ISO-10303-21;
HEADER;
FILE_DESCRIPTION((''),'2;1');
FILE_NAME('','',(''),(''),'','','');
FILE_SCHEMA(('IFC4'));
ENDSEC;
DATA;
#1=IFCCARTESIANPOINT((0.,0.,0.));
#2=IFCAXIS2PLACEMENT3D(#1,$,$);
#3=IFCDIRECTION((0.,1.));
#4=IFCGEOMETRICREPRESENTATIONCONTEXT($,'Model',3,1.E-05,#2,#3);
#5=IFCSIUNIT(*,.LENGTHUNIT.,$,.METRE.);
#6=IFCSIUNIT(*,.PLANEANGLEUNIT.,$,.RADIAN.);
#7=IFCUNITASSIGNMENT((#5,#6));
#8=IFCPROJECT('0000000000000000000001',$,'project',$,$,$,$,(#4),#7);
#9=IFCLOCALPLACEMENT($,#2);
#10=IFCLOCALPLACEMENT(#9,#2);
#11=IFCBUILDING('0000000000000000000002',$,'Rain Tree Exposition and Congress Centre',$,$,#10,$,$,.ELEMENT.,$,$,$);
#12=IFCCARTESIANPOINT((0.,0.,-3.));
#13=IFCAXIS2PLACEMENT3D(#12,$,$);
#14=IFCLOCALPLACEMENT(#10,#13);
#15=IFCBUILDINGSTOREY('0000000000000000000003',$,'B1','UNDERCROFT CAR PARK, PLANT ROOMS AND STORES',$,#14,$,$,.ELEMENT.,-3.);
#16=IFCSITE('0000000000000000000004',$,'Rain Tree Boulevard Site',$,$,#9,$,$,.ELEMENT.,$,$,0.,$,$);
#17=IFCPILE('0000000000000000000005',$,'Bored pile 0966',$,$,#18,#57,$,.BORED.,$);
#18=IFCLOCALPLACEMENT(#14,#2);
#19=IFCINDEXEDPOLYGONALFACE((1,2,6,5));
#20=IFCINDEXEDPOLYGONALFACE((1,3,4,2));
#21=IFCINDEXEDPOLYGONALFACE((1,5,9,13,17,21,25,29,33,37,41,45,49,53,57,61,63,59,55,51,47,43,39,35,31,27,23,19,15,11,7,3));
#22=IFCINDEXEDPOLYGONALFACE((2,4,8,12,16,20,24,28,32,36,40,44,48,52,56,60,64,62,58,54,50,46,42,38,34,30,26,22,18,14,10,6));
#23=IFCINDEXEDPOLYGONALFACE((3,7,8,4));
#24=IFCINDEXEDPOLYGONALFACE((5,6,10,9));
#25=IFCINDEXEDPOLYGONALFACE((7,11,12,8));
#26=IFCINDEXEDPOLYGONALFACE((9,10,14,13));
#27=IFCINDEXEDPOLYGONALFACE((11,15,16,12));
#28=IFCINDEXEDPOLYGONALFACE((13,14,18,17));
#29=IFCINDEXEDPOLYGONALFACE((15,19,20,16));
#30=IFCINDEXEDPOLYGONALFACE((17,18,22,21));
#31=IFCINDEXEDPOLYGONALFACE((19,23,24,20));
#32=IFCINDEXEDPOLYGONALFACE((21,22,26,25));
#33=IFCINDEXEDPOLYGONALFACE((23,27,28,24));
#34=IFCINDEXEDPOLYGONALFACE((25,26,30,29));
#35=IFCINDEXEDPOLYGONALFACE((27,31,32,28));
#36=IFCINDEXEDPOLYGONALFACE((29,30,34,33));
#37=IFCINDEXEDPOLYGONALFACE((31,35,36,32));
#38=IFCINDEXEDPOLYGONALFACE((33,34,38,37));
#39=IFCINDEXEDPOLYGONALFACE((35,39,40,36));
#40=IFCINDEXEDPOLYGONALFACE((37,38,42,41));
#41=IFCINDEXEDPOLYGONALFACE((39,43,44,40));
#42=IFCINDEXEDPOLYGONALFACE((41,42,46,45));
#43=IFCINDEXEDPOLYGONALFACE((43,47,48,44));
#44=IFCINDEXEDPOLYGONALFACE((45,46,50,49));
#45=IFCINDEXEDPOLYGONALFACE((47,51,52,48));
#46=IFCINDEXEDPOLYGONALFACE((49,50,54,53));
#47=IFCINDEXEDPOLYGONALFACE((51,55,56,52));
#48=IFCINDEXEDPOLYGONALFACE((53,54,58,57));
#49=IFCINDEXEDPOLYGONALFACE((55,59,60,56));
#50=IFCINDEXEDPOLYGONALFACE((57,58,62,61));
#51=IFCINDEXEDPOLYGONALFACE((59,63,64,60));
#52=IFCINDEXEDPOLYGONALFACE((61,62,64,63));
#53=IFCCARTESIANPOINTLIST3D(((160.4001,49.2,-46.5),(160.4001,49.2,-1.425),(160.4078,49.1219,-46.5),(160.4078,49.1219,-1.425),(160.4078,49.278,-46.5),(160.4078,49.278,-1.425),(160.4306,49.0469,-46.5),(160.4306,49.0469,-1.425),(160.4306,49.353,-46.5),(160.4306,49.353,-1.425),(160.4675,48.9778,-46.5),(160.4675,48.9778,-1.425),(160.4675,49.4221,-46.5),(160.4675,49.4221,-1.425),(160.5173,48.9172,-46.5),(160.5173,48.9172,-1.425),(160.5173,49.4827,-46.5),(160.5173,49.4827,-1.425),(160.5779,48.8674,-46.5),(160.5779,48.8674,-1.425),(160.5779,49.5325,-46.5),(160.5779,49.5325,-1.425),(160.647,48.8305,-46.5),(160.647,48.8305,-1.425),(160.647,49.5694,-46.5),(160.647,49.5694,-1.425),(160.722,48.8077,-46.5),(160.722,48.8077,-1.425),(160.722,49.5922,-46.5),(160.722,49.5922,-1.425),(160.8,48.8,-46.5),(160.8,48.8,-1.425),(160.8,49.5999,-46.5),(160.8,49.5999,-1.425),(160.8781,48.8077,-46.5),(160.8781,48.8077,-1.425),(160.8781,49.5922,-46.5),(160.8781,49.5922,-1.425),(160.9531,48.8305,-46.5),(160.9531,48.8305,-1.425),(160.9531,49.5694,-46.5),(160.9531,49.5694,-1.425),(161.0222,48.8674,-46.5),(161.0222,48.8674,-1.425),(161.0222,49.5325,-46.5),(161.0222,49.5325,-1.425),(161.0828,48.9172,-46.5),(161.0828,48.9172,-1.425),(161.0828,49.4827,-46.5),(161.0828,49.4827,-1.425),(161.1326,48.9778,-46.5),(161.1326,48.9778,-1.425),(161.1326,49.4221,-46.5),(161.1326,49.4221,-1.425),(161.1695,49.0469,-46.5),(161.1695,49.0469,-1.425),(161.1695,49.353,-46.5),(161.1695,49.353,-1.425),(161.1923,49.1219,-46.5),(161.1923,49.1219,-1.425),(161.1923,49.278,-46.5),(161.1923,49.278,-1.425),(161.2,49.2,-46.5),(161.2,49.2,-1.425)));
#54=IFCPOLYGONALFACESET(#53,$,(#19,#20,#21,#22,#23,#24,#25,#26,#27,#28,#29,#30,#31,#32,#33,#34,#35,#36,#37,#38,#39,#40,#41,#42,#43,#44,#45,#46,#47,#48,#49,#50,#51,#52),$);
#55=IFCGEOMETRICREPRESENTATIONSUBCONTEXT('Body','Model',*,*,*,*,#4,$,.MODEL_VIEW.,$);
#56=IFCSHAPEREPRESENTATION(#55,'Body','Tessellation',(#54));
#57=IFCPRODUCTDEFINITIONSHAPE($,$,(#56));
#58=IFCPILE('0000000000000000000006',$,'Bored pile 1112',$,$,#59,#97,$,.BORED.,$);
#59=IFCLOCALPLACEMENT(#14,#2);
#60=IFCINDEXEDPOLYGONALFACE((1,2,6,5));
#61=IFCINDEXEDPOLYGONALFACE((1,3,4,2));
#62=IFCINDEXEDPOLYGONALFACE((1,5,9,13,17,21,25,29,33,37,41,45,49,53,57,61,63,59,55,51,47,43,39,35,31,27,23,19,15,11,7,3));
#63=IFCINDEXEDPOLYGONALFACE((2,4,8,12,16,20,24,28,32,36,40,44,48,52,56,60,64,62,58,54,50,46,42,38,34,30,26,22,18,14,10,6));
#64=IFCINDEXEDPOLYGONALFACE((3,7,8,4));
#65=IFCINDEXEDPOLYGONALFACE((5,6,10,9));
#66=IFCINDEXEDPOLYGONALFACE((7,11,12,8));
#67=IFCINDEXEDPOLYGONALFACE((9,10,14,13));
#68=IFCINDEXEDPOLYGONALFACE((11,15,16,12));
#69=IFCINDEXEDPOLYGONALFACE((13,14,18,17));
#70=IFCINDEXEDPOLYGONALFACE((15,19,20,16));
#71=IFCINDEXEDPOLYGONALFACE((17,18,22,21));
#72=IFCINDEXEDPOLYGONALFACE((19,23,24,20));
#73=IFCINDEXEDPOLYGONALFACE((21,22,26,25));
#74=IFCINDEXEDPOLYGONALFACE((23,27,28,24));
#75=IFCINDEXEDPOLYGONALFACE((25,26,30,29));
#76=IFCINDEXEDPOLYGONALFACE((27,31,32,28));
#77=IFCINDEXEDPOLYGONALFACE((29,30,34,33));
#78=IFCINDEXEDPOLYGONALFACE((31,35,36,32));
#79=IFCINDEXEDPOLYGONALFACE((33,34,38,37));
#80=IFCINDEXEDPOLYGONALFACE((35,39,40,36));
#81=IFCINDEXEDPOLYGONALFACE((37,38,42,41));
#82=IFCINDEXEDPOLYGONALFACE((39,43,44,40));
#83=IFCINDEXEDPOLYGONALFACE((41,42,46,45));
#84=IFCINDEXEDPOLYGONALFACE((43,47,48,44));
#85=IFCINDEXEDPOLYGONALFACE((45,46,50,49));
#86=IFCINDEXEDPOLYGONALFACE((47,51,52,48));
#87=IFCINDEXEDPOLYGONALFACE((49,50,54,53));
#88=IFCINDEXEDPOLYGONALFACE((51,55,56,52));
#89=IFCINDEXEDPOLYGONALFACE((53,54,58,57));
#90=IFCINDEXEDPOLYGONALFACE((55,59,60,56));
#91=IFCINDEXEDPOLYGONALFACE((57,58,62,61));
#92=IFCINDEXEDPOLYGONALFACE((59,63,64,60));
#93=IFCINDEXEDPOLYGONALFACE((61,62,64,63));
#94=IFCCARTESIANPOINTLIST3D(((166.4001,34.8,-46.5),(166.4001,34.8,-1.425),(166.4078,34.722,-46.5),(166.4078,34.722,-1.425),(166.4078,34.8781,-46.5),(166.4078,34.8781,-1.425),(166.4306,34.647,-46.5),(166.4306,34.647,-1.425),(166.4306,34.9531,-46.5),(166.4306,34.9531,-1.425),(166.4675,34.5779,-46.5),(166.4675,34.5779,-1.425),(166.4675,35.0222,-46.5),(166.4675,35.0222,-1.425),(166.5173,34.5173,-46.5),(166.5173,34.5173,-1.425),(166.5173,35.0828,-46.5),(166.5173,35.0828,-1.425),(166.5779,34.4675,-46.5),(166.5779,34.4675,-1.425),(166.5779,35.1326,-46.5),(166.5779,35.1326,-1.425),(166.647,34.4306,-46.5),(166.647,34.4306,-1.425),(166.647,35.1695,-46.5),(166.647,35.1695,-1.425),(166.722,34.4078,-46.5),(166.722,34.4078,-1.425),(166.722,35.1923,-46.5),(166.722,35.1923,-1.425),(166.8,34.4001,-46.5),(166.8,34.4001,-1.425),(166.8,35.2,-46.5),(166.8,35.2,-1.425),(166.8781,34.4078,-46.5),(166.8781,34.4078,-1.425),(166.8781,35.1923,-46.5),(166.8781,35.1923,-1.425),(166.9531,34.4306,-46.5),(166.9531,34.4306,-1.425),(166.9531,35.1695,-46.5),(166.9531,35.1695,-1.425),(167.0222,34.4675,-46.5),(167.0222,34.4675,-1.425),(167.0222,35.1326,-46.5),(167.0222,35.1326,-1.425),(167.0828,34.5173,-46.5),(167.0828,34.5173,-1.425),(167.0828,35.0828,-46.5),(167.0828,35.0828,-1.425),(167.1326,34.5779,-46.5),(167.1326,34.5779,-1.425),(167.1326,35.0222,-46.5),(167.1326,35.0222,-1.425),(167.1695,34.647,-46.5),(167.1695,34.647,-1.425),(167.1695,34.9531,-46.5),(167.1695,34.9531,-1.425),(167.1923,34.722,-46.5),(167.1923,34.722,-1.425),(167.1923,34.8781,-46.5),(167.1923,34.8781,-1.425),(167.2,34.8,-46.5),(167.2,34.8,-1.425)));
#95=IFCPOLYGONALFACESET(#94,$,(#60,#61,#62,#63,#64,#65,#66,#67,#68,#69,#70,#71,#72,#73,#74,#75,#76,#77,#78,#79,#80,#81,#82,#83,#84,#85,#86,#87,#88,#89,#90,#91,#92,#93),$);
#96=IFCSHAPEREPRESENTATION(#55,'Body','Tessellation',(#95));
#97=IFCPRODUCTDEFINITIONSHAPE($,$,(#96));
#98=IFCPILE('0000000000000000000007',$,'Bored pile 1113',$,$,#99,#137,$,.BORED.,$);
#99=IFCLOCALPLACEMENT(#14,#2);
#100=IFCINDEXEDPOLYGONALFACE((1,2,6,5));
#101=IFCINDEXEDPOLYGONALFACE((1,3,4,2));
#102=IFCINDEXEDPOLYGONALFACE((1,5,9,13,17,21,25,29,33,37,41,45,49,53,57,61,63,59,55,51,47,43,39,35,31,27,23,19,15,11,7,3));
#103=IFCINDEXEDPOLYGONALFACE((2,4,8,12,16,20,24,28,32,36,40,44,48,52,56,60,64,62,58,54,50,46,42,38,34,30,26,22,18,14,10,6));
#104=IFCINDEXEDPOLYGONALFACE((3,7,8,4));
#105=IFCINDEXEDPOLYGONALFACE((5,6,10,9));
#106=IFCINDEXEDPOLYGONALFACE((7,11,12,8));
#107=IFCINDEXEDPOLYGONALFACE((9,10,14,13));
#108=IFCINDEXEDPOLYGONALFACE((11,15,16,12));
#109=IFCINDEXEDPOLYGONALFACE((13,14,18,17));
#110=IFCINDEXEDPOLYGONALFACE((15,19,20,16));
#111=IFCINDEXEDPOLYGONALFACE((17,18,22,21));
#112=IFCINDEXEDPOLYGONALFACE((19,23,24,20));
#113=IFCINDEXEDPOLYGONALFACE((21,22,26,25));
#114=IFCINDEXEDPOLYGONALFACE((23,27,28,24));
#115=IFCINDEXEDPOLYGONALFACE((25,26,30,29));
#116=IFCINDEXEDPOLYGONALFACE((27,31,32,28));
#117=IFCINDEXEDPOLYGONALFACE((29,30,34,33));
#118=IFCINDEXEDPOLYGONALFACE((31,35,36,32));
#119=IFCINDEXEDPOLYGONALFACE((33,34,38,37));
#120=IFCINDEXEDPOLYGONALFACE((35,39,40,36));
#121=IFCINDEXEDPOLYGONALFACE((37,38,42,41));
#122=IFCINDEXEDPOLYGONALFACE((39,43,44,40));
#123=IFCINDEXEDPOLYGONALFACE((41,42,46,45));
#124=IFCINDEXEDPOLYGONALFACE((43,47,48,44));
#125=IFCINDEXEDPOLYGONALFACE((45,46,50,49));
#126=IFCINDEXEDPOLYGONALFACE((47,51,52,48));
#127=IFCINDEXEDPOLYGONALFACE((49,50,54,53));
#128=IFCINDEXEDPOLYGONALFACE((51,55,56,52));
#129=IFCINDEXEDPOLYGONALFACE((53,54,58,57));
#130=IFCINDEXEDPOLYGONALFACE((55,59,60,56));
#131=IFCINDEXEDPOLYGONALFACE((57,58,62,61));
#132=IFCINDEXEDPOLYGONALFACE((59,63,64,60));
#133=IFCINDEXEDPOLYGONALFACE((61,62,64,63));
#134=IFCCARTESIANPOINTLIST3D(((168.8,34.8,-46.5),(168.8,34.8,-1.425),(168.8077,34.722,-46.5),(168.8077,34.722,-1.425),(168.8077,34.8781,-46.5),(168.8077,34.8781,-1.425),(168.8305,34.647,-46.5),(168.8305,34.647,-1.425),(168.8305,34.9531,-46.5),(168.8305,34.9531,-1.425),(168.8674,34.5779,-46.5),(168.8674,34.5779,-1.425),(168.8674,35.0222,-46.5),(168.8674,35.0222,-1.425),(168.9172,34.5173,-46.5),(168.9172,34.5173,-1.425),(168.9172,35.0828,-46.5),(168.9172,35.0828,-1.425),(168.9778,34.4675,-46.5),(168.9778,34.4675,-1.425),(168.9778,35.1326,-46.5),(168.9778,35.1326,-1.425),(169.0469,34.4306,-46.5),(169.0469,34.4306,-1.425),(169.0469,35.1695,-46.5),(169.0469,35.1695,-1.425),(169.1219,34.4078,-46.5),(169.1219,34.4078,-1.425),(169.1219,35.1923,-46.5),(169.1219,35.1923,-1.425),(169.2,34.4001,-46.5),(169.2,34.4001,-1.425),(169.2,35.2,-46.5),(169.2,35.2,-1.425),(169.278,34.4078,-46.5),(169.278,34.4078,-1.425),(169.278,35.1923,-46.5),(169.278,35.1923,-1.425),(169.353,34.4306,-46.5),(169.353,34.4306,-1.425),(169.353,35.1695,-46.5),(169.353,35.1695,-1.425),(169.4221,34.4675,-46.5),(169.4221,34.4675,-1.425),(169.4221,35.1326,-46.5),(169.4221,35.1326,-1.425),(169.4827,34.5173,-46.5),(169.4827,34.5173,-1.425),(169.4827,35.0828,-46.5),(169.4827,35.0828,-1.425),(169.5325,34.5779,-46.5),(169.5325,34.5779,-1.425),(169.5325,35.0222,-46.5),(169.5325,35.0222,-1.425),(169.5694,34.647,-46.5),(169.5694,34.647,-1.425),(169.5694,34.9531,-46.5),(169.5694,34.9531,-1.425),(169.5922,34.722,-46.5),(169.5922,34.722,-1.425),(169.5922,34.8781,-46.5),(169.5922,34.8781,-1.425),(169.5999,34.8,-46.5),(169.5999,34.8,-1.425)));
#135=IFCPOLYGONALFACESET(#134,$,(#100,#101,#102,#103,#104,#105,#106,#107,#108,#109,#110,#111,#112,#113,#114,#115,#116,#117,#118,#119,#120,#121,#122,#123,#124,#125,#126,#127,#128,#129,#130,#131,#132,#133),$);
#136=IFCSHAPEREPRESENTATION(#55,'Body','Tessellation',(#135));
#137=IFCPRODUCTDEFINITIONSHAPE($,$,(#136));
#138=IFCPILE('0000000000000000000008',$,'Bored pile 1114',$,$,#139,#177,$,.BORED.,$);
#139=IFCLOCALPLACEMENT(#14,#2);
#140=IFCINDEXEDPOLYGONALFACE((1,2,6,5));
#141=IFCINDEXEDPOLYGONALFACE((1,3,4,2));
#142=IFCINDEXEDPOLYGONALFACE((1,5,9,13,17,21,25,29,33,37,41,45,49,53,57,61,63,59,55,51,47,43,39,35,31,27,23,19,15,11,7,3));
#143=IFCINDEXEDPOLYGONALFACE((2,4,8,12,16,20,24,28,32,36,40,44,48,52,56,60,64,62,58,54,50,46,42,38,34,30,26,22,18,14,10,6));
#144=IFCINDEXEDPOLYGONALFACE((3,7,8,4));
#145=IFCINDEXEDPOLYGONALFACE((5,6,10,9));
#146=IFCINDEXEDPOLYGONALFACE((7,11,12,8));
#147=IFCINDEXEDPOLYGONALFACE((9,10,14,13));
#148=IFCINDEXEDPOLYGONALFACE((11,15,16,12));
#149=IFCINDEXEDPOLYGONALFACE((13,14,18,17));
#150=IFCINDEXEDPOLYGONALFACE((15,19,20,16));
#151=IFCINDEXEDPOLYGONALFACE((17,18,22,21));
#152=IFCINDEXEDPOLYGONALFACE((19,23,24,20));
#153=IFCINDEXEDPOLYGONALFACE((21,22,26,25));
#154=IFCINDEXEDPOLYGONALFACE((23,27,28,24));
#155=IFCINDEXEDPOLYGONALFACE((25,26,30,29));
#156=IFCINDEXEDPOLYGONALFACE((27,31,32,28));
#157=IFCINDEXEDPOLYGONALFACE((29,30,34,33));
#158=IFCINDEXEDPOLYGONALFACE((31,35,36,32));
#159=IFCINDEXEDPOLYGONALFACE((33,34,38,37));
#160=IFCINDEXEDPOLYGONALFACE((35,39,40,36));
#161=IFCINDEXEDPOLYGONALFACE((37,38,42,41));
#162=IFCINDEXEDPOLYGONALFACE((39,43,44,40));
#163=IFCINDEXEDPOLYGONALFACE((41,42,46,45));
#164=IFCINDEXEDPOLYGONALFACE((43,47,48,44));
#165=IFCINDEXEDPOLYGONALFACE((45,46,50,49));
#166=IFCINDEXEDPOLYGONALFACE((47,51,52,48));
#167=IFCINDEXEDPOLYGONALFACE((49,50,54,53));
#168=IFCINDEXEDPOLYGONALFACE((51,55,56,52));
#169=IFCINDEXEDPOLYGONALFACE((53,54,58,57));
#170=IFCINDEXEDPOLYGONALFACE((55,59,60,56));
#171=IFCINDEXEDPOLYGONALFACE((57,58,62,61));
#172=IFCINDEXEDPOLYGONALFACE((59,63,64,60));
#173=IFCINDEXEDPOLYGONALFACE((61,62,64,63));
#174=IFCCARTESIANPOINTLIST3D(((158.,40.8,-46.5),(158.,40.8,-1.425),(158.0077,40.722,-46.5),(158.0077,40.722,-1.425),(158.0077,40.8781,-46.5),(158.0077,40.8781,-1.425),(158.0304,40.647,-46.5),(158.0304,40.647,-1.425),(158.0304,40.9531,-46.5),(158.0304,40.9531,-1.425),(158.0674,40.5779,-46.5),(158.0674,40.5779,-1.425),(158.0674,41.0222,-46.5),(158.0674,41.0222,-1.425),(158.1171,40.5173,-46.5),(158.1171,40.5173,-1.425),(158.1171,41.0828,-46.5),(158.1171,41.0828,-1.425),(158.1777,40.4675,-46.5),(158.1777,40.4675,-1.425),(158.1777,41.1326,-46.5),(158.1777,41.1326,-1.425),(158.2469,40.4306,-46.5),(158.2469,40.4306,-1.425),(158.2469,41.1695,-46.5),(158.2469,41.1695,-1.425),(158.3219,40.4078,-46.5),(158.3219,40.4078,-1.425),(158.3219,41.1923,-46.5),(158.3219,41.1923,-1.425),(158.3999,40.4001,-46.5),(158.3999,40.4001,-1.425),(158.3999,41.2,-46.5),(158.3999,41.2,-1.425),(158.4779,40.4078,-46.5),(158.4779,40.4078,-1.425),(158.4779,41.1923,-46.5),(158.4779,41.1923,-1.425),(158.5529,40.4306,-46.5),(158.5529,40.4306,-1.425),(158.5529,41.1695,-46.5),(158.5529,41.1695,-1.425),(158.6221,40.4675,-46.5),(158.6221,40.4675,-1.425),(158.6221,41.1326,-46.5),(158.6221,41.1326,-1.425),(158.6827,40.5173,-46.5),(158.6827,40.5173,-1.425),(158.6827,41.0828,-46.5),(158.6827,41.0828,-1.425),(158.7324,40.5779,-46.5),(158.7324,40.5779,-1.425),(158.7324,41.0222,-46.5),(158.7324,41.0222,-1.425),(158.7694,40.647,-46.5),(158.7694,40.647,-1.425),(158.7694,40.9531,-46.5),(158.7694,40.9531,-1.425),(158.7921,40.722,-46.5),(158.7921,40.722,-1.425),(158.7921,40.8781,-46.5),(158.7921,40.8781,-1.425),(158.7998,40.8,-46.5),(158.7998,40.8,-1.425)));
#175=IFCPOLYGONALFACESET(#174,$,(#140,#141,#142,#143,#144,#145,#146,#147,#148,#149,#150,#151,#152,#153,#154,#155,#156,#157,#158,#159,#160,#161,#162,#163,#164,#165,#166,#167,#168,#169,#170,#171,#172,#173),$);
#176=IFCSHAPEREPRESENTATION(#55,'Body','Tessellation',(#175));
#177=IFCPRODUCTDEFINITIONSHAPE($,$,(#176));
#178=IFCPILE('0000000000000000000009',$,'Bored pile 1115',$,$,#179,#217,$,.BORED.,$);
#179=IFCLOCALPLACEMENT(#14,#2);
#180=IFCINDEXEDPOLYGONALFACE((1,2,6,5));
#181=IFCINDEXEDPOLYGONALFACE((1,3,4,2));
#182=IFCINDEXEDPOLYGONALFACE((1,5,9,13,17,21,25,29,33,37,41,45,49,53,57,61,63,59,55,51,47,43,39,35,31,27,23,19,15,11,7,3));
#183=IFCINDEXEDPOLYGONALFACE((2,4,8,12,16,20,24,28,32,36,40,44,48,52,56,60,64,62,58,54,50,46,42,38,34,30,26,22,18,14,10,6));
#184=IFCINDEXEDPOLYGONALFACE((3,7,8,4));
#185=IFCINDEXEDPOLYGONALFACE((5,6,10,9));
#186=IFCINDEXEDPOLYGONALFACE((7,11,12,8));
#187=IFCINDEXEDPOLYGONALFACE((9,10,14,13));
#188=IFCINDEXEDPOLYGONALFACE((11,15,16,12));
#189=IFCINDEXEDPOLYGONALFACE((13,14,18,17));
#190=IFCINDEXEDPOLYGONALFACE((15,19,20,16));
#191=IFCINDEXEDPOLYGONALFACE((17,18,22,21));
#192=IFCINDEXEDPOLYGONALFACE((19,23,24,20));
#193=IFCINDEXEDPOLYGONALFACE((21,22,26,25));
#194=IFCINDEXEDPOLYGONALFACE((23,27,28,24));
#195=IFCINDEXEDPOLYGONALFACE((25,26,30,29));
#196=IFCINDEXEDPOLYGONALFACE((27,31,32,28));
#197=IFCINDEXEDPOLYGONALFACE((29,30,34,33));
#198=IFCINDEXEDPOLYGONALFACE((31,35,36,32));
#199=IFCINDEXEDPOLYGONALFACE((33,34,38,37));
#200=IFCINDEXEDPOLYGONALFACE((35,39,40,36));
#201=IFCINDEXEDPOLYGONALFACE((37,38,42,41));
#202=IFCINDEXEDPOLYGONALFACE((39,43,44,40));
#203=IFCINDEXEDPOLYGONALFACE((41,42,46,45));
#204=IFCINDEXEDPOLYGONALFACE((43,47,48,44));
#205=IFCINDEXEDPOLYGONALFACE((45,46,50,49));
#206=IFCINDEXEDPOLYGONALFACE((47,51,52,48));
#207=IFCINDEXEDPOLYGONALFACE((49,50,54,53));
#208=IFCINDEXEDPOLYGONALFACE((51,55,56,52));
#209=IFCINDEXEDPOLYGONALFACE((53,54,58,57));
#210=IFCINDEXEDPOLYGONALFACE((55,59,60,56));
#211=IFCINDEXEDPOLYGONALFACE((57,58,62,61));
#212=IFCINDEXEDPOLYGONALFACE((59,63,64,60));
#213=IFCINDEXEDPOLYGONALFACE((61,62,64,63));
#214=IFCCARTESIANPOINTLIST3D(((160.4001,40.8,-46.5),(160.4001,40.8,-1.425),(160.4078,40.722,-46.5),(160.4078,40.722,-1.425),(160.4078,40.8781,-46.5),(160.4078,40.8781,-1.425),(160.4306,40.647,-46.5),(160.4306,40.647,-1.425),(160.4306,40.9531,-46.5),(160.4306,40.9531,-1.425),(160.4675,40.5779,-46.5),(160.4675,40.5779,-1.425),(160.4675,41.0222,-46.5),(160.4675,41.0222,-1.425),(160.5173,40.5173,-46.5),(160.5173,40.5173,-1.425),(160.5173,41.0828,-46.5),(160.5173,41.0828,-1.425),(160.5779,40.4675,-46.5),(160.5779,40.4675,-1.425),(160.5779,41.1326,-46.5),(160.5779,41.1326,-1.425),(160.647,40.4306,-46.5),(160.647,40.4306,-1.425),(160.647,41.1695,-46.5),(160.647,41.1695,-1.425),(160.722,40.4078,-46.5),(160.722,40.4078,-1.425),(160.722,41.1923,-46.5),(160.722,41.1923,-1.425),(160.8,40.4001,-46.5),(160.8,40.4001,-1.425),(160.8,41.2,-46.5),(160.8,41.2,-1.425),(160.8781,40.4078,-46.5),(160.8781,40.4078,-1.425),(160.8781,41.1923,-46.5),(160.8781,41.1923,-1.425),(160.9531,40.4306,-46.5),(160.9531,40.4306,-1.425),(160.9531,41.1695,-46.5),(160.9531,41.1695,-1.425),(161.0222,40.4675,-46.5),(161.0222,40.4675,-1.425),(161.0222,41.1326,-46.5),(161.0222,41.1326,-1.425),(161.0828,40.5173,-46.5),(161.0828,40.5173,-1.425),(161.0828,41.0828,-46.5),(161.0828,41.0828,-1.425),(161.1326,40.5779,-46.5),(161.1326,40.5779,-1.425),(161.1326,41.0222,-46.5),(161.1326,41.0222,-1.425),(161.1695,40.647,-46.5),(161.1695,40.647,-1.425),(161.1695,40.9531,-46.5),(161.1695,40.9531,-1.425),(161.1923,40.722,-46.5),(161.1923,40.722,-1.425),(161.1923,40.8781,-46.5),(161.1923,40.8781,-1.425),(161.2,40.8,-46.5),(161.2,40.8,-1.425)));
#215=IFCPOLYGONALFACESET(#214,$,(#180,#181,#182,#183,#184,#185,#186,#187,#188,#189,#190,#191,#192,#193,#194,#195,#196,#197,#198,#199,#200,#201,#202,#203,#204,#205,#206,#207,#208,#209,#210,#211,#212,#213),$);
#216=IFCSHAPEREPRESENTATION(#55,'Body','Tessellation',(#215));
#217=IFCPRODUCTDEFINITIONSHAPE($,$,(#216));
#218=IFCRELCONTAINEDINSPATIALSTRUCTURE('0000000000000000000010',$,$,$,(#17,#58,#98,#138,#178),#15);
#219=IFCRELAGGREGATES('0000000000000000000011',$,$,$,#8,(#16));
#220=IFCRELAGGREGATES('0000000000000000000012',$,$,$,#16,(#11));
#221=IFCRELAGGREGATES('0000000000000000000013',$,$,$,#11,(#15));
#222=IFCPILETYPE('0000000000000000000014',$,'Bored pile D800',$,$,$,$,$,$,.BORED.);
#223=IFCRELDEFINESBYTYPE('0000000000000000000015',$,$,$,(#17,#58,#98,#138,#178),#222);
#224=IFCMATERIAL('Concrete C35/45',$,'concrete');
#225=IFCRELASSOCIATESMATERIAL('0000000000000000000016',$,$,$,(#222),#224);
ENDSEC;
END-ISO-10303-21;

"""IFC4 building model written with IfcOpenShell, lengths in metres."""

from ifc_helpers import new_model, si_unit, direction, frame, origin, origin_2d, place, context, subcontext, project, spatial, circle, extrude, material, material_profile, profile_set, type_object, element, save


model = new_model("IFC4")

# Units and contexts
model_context = context("Model", 3, precision=1e-05, world=origin(), true_north=direction((0.0, 1.0)))
body_context = subcontext(model_context, "Body", "Model", "MODEL_VIEW")
ifc_project = project(units=[si_unit("LENGTHUNIT", "METRE"), si_unit("PLANEANGLEUNIT", "RADIAN")], contexts=[model_context])

# Site, building, storey
site_placement = place(None, origin())
site = spatial("IfcSite", under=ifc_project, at=site_placement, Name="Rain Tree Boulevard Site", CompositionType="ELEMENT", RefElevation=0.0)
building_placement = place(site_placement, origin())
building = spatial("IfcBuilding", under=site, at=building_placement, Name="Rain Tree Exposition and Congress Centre", CompositionType="ELEMENT")
storey_placement = place(building_placement, frame((0.0, 0.0, -3.0)))
storey = spatial("IfcBuildingStorey", under=building, at=storey_placement, Name="B1", Description="UNDERCROFT CAR PARK, PLANT ROOMS AND STORES", CompositionType="ELEMENT", Elevation=-3.0)

# Piles
ifc_material_1 = material(Name="Concrete C35/45", Category="concrete")
ifc_material_profile_1 = material_profile(ifc_material_1, circle(Radius=0.3999, at=origin_2d()), Name="D800")
ifc_profile_set_1 = profile_set([ifc_material_profile_1], Name="Concrete C35/45")
pile_type_1 = type_object("IfcPileType", Name="Bored pile D800", PredefinedType="BORED", material=ifc_profile_set_1)
for number, where, z_axis, x_axis, name in (
    (1, (160.8, 49.2, -1.425), (0.0, 0.0, -1.0), (1.0, 0.0, 0.0), "Bored pile 0966"),
    (2, (166.8, 34.8, -1.425), (0.0, 0.0, -1.0), (1.0, 0.0, 0.0), "Bored pile 1112"),
    (3, (169.2, 34.8, -1.425), (0.0, 0.0, -1.0), (1.0, 0.0, 0.0), "Bored pile 1113"),
    (4, (158.3999, 40.8, -1.425), (0.0, 0.0, -1.0), (1.0, 0.0, 0.0), "Bored pile 1114"),
    (5, (160.8, 40.8, -1.425), (0.0, 0.0, -1.0), (1.0, 0.0, 0.0), "Bored pile 1115"),
):
    element("IfcPile", number, at=place(storey_placement, frame(where, z_axis=z_axis, x_axis=x_axis)), inside=storey, type_object=pile_type_1, Name=name, PredefinedType="BORED", context=body_context, shape_type="SweptSolid", body=[
        extrude(circle(Radius=0.3999, at=origin_2d()), origin(), (0.0, 0.0, 1.0), 45.075),
    ])

save(model, "model.ifc")
